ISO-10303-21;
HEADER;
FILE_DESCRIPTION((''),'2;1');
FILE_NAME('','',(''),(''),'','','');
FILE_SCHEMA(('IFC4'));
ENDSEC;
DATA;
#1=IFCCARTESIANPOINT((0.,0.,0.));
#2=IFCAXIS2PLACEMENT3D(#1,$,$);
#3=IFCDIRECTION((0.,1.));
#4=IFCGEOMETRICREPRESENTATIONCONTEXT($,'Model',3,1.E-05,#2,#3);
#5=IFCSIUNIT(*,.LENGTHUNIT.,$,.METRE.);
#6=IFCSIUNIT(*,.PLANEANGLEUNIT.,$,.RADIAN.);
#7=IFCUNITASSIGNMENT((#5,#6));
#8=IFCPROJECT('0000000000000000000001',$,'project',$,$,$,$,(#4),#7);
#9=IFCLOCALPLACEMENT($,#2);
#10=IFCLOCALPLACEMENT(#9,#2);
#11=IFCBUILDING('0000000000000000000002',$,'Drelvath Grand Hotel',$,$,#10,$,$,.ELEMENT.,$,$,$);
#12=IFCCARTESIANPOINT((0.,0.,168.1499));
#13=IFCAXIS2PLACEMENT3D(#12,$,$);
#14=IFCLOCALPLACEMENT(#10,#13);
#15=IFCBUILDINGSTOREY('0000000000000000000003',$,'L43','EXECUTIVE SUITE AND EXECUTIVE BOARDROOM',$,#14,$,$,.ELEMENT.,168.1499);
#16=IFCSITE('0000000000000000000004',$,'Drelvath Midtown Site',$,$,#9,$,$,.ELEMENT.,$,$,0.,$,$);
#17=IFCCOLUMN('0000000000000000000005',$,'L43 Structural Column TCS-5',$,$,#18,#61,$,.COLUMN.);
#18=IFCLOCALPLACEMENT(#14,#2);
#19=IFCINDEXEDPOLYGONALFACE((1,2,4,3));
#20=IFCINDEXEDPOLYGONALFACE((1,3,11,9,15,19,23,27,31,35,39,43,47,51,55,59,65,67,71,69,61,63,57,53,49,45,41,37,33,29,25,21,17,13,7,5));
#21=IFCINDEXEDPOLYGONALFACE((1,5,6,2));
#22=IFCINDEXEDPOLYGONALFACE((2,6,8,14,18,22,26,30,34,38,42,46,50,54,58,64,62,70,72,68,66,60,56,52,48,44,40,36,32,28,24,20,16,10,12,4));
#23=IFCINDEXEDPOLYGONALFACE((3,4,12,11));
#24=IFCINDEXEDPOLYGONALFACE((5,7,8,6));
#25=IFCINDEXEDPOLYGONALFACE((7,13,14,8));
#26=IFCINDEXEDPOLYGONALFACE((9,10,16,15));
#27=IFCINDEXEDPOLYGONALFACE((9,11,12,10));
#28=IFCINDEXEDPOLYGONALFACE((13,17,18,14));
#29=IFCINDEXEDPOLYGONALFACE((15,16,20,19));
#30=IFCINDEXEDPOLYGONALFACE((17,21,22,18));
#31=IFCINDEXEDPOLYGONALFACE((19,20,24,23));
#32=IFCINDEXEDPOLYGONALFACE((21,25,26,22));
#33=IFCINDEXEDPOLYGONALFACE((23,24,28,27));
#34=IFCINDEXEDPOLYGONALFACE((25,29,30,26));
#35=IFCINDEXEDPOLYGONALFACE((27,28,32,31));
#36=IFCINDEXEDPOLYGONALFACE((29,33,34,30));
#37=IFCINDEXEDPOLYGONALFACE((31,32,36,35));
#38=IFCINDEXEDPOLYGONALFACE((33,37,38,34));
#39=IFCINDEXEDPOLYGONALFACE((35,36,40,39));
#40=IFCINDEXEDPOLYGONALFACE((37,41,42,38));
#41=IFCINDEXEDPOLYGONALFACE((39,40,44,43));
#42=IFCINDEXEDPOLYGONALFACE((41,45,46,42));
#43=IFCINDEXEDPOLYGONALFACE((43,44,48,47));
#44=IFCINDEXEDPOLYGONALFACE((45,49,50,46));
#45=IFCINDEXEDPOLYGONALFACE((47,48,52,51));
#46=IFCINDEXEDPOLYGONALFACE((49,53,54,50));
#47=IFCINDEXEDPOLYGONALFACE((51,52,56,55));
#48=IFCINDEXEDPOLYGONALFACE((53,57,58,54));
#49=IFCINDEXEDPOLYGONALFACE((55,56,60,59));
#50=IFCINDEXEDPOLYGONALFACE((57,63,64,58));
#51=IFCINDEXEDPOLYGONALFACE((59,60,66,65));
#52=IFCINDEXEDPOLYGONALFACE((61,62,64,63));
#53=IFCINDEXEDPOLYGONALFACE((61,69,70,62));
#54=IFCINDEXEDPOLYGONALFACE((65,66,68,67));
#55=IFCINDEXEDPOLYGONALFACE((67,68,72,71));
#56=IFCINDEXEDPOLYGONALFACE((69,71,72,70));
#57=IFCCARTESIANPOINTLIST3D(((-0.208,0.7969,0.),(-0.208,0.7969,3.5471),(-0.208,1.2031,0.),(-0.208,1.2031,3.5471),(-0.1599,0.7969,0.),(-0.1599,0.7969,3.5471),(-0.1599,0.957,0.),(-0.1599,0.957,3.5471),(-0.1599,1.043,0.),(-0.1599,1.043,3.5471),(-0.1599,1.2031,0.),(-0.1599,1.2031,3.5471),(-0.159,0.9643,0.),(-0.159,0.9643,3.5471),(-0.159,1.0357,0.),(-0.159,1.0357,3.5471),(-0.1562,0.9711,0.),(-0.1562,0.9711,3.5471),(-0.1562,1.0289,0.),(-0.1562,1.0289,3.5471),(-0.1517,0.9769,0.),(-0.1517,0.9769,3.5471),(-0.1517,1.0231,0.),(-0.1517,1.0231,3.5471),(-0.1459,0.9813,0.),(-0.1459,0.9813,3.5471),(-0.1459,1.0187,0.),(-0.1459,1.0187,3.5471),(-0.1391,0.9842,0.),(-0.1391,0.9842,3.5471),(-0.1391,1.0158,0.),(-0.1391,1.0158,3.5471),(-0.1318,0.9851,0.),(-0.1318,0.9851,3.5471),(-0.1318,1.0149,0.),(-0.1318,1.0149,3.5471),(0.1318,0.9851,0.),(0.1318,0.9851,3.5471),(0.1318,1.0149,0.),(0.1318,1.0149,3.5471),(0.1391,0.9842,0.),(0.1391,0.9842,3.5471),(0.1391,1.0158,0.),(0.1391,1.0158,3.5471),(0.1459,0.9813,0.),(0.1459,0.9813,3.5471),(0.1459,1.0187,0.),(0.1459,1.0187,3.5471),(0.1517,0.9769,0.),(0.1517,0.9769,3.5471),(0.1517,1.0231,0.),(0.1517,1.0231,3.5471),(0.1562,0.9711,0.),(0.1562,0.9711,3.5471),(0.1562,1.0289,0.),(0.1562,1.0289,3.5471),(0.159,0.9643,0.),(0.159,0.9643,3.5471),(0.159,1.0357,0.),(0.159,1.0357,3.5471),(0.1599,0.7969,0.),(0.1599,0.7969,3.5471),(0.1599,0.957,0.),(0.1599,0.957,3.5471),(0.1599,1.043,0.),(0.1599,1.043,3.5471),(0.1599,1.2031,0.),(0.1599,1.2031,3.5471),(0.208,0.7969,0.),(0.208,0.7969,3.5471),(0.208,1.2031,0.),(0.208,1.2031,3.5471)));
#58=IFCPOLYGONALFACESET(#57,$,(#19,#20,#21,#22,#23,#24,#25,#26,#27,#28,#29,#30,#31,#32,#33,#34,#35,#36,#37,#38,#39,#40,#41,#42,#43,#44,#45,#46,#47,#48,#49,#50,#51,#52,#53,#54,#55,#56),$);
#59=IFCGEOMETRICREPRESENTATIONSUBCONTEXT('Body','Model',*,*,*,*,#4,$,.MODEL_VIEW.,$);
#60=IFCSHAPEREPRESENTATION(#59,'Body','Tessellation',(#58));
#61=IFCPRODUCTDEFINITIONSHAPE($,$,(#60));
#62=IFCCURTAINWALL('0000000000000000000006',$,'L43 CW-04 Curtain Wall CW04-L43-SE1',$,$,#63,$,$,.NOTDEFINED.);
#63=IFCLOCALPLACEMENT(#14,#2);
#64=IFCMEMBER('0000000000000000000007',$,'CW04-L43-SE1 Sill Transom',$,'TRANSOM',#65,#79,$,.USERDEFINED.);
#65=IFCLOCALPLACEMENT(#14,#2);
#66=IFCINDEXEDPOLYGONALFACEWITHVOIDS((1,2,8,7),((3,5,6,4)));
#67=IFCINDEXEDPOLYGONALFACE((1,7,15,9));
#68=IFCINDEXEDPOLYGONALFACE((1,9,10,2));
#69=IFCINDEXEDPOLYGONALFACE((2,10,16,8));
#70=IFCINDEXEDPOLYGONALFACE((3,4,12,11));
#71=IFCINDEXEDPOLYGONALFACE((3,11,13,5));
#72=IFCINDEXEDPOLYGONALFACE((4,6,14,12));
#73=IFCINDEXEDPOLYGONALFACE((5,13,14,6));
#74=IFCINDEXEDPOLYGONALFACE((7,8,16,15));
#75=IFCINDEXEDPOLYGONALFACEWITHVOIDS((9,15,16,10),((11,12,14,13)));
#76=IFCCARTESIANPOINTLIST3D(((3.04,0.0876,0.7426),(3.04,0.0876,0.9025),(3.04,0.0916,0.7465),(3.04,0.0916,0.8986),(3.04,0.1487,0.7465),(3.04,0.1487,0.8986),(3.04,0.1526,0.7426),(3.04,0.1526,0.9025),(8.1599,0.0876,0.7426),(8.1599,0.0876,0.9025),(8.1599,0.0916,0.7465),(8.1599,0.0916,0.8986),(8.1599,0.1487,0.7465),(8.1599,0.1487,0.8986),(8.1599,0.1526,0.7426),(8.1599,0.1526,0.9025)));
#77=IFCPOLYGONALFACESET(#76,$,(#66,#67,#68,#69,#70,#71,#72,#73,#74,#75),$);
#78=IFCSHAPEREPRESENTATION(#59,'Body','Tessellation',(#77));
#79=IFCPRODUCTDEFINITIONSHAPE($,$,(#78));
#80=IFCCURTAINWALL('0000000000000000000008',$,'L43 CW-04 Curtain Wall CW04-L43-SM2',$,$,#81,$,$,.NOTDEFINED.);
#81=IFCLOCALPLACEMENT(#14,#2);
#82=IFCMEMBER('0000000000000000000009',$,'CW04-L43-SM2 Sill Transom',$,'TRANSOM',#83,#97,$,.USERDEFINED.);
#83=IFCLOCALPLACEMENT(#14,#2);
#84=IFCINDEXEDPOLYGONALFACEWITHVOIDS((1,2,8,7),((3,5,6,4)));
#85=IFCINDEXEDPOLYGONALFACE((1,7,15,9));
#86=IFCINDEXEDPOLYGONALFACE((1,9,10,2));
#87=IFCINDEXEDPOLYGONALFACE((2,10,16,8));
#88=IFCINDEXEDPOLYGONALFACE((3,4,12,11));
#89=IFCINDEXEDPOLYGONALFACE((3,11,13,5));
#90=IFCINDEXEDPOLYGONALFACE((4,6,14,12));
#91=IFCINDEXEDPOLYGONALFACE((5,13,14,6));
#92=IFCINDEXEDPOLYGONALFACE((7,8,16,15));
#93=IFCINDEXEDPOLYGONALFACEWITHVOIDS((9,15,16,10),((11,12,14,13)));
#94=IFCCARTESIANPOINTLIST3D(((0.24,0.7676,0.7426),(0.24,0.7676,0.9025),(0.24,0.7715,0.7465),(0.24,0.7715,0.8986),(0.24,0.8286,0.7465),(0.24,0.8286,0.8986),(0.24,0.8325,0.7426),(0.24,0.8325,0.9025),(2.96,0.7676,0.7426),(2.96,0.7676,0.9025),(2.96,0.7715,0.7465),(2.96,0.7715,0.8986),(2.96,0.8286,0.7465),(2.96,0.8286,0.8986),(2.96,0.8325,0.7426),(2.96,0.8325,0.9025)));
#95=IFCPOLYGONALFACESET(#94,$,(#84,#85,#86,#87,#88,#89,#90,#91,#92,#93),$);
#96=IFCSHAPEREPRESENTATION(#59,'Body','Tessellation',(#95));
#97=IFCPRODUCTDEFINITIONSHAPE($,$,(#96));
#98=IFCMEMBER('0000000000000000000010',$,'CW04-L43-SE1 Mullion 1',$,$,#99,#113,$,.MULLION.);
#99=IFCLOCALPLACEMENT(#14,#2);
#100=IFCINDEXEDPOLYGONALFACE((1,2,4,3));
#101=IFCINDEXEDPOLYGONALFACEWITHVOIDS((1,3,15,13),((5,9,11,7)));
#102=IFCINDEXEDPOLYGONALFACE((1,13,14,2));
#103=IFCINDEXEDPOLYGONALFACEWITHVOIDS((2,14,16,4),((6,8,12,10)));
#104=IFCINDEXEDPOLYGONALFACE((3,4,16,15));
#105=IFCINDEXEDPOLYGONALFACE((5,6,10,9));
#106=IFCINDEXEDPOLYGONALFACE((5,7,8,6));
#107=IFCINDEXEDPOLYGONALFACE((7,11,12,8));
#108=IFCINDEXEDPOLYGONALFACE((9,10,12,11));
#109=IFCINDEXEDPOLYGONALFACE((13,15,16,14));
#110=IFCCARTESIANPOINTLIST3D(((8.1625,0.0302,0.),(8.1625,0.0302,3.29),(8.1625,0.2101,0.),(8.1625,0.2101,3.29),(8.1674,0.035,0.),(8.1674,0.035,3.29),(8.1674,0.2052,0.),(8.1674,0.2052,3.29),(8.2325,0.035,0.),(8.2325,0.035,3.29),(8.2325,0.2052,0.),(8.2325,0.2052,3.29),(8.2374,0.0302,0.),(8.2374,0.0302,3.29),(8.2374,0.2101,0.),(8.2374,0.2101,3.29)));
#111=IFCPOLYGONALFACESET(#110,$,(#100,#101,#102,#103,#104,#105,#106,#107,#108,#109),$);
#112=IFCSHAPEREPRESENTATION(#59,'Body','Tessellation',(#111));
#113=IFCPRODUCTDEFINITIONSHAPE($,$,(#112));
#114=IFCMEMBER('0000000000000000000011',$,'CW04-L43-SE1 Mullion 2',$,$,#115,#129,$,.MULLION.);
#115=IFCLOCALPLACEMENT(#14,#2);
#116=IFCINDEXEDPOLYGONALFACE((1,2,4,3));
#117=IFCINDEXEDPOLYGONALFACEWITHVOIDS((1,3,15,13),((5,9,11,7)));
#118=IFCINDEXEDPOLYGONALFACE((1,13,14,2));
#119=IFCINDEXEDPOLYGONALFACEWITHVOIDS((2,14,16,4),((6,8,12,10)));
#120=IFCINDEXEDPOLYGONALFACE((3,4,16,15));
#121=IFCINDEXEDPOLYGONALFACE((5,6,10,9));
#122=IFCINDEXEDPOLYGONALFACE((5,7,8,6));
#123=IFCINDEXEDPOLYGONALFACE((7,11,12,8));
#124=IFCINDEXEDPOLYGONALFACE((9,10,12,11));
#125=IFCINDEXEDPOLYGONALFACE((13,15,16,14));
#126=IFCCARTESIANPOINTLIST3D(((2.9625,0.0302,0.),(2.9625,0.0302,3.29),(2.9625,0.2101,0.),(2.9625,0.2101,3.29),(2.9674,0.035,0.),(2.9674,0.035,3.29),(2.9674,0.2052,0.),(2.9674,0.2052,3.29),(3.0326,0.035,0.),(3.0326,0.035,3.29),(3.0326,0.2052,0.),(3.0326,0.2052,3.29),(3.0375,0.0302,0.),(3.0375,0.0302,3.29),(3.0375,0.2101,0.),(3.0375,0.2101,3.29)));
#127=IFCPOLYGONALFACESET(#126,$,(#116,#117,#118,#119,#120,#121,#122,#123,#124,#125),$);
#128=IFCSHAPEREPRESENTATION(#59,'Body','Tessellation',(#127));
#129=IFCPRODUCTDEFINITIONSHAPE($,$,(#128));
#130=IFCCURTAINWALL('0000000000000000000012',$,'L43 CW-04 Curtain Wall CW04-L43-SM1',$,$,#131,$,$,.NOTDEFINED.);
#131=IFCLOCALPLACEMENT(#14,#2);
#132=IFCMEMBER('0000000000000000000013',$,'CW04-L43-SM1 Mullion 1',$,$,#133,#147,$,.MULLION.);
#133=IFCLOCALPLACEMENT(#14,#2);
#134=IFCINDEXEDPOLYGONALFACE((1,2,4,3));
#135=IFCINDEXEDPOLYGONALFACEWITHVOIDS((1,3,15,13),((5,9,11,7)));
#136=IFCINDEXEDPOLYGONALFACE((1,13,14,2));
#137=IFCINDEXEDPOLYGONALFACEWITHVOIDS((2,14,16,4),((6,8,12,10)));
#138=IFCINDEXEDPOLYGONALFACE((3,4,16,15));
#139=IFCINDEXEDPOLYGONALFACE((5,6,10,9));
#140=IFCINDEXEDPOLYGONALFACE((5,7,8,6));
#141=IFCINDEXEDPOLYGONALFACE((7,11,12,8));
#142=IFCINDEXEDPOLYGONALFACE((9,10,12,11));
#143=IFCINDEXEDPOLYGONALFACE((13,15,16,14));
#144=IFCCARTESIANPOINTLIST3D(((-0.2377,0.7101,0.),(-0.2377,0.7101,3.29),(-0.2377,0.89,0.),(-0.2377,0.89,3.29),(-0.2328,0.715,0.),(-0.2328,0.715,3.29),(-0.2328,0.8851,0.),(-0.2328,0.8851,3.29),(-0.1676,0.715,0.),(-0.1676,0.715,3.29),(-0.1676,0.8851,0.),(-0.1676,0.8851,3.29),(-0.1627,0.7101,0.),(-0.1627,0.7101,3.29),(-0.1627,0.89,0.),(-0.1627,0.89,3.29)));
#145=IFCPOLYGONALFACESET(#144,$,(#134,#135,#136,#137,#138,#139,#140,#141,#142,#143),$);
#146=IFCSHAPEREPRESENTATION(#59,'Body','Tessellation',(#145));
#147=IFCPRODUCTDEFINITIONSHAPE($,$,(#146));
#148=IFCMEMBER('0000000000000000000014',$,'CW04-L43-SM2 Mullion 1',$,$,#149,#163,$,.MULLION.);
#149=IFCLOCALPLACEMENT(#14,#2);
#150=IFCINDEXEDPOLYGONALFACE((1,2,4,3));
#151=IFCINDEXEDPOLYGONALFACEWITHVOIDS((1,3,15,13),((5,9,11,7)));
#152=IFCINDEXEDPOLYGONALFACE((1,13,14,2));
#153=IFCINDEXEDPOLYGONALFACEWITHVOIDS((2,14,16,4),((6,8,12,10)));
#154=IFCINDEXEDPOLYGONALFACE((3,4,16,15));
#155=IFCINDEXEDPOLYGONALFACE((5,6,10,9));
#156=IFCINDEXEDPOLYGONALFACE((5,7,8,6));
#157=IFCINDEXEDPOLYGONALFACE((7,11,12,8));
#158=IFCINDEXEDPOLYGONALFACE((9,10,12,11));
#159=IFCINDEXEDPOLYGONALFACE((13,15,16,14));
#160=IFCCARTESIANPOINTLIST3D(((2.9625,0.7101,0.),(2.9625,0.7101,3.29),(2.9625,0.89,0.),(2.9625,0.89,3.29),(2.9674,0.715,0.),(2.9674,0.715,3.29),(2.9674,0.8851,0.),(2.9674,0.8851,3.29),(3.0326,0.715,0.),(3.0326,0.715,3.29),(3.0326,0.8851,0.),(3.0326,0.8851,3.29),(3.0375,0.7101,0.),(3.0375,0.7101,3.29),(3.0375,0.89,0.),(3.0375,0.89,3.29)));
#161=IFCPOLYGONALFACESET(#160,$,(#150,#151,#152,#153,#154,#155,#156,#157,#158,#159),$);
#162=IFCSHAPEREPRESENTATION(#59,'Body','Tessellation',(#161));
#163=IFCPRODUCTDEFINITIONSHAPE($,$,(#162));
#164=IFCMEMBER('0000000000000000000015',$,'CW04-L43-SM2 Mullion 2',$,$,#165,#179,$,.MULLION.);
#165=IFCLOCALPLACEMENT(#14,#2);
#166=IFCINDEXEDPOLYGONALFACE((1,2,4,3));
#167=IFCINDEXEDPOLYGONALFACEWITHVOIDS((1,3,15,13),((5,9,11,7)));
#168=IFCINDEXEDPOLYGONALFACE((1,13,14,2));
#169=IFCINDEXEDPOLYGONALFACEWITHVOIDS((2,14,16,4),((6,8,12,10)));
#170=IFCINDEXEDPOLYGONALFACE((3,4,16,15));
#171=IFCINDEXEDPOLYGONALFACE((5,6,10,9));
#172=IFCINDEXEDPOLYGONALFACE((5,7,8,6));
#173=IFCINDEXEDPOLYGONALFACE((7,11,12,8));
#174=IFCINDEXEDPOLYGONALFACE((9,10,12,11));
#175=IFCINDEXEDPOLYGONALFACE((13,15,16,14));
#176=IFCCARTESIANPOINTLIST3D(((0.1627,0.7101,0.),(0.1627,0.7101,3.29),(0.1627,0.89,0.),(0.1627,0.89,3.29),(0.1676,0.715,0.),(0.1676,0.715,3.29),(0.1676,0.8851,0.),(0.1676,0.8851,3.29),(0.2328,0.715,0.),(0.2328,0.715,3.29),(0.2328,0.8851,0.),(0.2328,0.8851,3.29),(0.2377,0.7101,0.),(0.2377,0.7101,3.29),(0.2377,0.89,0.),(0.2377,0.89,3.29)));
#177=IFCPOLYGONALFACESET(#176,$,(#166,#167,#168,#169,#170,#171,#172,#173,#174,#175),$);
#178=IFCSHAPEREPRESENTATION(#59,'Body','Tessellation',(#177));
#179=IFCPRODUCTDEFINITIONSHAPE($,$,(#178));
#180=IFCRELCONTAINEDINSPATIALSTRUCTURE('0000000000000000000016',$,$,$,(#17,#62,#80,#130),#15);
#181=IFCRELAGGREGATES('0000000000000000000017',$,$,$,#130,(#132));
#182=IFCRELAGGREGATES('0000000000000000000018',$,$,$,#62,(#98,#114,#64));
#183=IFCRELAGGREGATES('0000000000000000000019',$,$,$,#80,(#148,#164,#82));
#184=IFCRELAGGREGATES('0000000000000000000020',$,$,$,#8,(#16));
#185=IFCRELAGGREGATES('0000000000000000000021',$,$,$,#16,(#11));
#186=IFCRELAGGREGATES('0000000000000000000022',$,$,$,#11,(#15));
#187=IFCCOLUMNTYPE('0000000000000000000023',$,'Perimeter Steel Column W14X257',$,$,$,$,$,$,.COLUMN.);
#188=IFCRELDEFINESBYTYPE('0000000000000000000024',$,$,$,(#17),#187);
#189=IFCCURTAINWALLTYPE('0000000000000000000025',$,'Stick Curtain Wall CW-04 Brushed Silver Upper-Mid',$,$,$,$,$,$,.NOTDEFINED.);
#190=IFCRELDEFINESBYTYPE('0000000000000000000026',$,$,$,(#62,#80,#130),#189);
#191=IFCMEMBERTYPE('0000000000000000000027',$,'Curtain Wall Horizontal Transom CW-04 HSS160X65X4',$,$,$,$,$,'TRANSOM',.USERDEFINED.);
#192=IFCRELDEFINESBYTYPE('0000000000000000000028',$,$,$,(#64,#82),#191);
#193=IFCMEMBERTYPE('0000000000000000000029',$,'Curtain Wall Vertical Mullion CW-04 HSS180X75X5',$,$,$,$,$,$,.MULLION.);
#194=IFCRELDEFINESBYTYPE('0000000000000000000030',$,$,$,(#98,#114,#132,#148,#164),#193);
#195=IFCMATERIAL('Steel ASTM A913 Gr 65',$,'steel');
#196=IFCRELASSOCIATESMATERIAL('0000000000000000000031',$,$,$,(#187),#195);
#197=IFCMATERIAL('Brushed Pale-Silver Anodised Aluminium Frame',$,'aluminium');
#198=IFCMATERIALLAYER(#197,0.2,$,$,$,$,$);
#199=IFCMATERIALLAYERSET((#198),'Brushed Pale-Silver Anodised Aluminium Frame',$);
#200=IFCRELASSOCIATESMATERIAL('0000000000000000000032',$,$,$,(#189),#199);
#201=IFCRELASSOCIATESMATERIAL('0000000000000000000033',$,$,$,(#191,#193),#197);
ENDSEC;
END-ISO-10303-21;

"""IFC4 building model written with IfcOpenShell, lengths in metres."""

from ifc_helpers import new_model, si_unit, direction, frame, origin, origin_2d, place, context, subcontext, project, spatial, hollow_rectangle, i_section, extrude, material, layer, layer_set, material_profile, profile_set, type_object, element, aggregate, save


model = new_model("IFC4")

# Units and contexts
model_context = context("Model", 3, precision=1e-05, world=origin(), true_north=direction((0.0, 1.0)))
body_context = subcontext(model_context, "Body", "Model", "MODEL_VIEW")
ifc_project = project(units=[si_unit("LENGTHUNIT", "METRE"), si_unit("PLANEANGLEUNIT", "RADIAN")], contexts=[model_context])

# Site, building, storey
site_placement = place(None, origin())
site = spatial("IfcSite", under=ifc_project, at=site_placement, Name="Drelvath Midtown Site", CompositionType="ELEMENT", RefElevation=0.0)
building_placement = place(site_placement, origin())
building = spatial("IfcBuilding", under=site, at=building_placement, Name="Drelvath Grand Hotel", CompositionType="ELEMENT")
storey_placement = place(building_placement, frame((0.0, 0.0, 168.1499)))
storey = spatial("IfcBuildingStorey", under=building, at=storey_placement, Name="L43", Description="EXECUTIVE SUITE AND EXECUTIVE BOARDROOM", CompositionType="ELEMENT", Elevation=168.1499)

# Column
ifc_material_1 = material(Name="Steel ASTM A913 Gr 65", Category="steel")
ifc_material_profile_1 = material_profile(ifc_material_1, i_section(OverallWidth=0.4062, OverallDepth=0.416, WebThickness=0.0298, FlangeThickness=0.0481, FilletRadius=0.0281, at=origin_2d()), Name="W14X257")
ifc_profile_set_1 = profile_set([ifc_material_profile_1], Name="Steel ASTM A913 Gr 65")
column_type = type_object("IfcColumnType", Name="Perimeter Steel Column W14X257", PredefinedType="COLUMN", material=ifc_profile_set_1)
column_placement = place(storey_placement, frame((0.0, 1.0, 0.0), z_axis=(0.0, 0.0, 1.0), x_axis=(0.0, 1.0, 0.0)))
element("IfcColumn", 1, at=column_placement, inside=storey, type_object=column_type, Name="L43 Structural Column TCS-5", PredefinedType="COLUMN", context=body_context, shape_type="SweptSolid", body=[
    extrude(i_section(OverallWidth=0.4062, OverallDepth=0.416, WebThickness=0.0298, FlangeThickness=0.0481, FilletRadius=0.0281, at=origin_2d()), origin(), (0.0, 0.0, 1.0), 3.5471),
])

# Curtain walls, members
ifc_material_2 = material(Name="Brushed Pale-Silver Anodised Aluminium Frame", Category="aluminium")
ifc_layer_1 = layer(ifc_material_2, 0.2)
ifc_layer_set_1 = layer_set([ifc_layer_1], Name="Brushed Pale-Silver Anodised Aluminium Frame")
curtain_wall_type = type_object("IfcCurtainWallType", Name="Stick Curtain Wall CW-04 Brushed Silver Upper-Mid", PredefinedType="NOTDEFINED", material=ifc_layer_set_1)
curtain_wall_1_placement = place(storey_placement, origin())
curtain_wall_1 = element("IfcCurtainWall", 2, at=curtain_wall_1_placement, inside=storey, type_object=curtain_wall_type, Name="L43 CW-04 Curtain Wall CW04-L43-SE1", PredefinedType="NOTDEFINED")
ifc_material_profile_2 = material_profile(ifc_material_2, hollow_rectangle(XDim=0.0649, YDim=0.1599, WallThickness=0.0039, at=origin_2d()), Name="HSS160X65X4")
ifc_profile_set_2 = profile_set([ifc_material_profile_2], Name="Brushed Pale-Silver Anodised Aluminium Frame")
member_type_1 = type_object("IfcMemberType", Name="Curtain Wall Horizontal Transom CW-04 HSS160X65X4", ElementType="TRANSOM", PredefinedType="USERDEFINED", material=ifc_profile_set_2)
member_1_placement = place(storey_placement, frame((8.1599, 0.1201, 0.8225), z_axis=(-1.0, 0.0, 0.0), x_axis=(0.0, -1.0, 0.0)))
member_1 = element("IfcMember", 3, at=member_1_placement, type_object=member_type_1, Name="CW04-L43-SE1 Sill Transom", ObjectType="TRANSOM", PredefinedType="USERDEFINED", context=body_context, shape_type="SweptSolid", body=[
    extrude(hollow_rectangle(XDim=0.0649, YDim=0.1599, WallThickness=0.0039, at=origin_2d()), origin(), (0.0, 0.0, 1.0), 5.1199),
])
curtain_wall_2_placement = place(storey_placement, origin())
curtain_wall_2 = element("IfcCurtainWall", 4, at=curtain_wall_2_placement, inside=storey, type_object=curtain_wall_type, Name="L43 CW-04 Curtain Wall CW04-L43-SM2", PredefinedType="NOTDEFINED")
member_2_placement = place(storey_placement, frame((2.96, 0.8, 0.8225), z_axis=(-1.0, 0.0, 0.0), x_axis=(0.0, -1.0, 0.0)))
member_2 = element("IfcMember", 5, at=member_2_placement, type_object=member_type_1, Name="CW04-L43-SM2 Sill Transom", ObjectType="TRANSOM", PredefinedType="USERDEFINED", context=body_context, shape_type="SweptSolid", body=[
    extrude(hollow_rectangle(XDim=0.0649, YDim=0.1599, WallThickness=0.0039, at=origin_2d()), origin(), (0.0, 0.0, 1.0), 2.72),
])

# Members
ifc_material_profile_3 = material_profile(ifc_material_2, hollow_rectangle(XDim=0.075, YDim=0.1799, WallThickness=0.0049, at=origin_2d()), Name="HSS180X75X5")
ifc_profile_set_3 = profile_set([ifc_material_profile_3], Name="Brushed Pale-Silver Anodised Aluminium Frame")
member_type_2 = type_object("IfcMemberType", Name="Curtain Wall Vertical Mullion CW-04 HSS180X75X5", PredefinedType="MULLION", material=ifc_profile_set_3)
member_3_placement = place(storey_placement, frame((8.2, 0.1201, 0.0), z_axis=(0.0, 0.0, 1.0), x_axis=(1.0, 0.0, 0.0)))
member_3 = element("IfcMember", 6, at=member_3_placement, type_object=member_type_2, Name="CW04-L43-SE1 Mullion 1", PredefinedType="MULLION", context=body_context, shape_type="SweptSolid", body=[
    extrude(hollow_rectangle(XDim=0.075, YDim=0.1799, WallThickness=0.0049, at=origin_2d()), origin(), (0.0, 0.0, 1.0), 3.29),
])
member_4_placement = place(storey_placement, frame((3.0, 0.1201, 0.0), z_axis=(0.0, 0.0, 1.0), x_axis=(1.0, 0.0, 0.0)))
member_4 = element("IfcMember", 7, at=member_4_placement, type_object=member_type_2, Name="CW04-L43-SE1 Mullion 2", PredefinedType="MULLION", context=body_context, shape_type="SweptSolid", body=[
    extrude(hollow_rectangle(XDim=0.075, YDim=0.1799, WallThickness=0.0049, at=origin_2d()), origin(), (0.0, 0.0, 1.0), 3.29),
])

# Curtain wall, member
curtain_wall_3_placement = place(storey_placement, origin())
curtain_wall_3 = element("IfcCurtainWall", 8, at=curtain_wall_3_placement, inside=storey, type_object=curtain_wall_type, Name="L43 CW-04 Curtain Wall CW04-L43-SM1", PredefinedType="NOTDEFINED")
member_5_placement = place(storey_placement, frame((-0.2002, 0.8, 0.0), z_axis=(0.0, 0.0, 1.0), x_axis=(1.0, 0.0, 0.0)))
member_5 = element("IfcMember", 9, at=member_5_placement, type_object=member_type_2, Name="CW04-L43-SM1 Mullion 1", PredefinedType="MULLION", context=body_context, shape_type="SweptSolid", body=[
    extrude(hollow_rectangle(XDim=0.075, YDim=0.1799, WallThickness=0.0049, at=origin_2d()), origin(), (0.0, 0.0, 1.0), 3.29),
])
aggregate(curtain_wall_3, [member_5])

# Members
member_6_placement = place(storey_placement, frame((3.0, 0.8, 0.0), z_axis=(0.0, 0.0, 1.0), x_axis=(1.0, 0.0, 0.0)))
member_6 = element("IfcMember", 10, at=member_6_placement, type_object=member_type_2, Name="CW04-L43-SM2 Mullion 1", PredefinedType="MULLION", context=body_context, shape_type="SweptSolid", body=[
    extrude(hollow_rectangle(XDim=0.075, YDim=0.1799, WallThickness=0.0049, at=origin_2d()), origin(), (0.0, 0.0, 1.0), 3.29),
])
member_7_placement = place(storey_placement, frame((0.2002, 0.8, 0.0), z_axis=(0.0, 0.0, 1.0), x_axis=(1.0, 0.0, 0.0)))
member_7 = element("IfcMember", 11, at=member_7_placement, type_object=member_type_2, Name="CW04-L43-SM2 Mullion 2", PredefinedType="MULLION", context=body_context, shape_type="SweptSolid", body=[
    extrude(hollow_rectangle(XDim=0.075, YDim=0.1799, WallThickness=0.0049, at=origin_2d()), origin(), (0.0, 0.0, 1.0), 3.29),
])

aggregate(curtain_wall_1, [member_3, member_4, member_1])
aggregate(curtain_wall_2, [member_6, member_7, member_2])

save(model, "model.ifc")
